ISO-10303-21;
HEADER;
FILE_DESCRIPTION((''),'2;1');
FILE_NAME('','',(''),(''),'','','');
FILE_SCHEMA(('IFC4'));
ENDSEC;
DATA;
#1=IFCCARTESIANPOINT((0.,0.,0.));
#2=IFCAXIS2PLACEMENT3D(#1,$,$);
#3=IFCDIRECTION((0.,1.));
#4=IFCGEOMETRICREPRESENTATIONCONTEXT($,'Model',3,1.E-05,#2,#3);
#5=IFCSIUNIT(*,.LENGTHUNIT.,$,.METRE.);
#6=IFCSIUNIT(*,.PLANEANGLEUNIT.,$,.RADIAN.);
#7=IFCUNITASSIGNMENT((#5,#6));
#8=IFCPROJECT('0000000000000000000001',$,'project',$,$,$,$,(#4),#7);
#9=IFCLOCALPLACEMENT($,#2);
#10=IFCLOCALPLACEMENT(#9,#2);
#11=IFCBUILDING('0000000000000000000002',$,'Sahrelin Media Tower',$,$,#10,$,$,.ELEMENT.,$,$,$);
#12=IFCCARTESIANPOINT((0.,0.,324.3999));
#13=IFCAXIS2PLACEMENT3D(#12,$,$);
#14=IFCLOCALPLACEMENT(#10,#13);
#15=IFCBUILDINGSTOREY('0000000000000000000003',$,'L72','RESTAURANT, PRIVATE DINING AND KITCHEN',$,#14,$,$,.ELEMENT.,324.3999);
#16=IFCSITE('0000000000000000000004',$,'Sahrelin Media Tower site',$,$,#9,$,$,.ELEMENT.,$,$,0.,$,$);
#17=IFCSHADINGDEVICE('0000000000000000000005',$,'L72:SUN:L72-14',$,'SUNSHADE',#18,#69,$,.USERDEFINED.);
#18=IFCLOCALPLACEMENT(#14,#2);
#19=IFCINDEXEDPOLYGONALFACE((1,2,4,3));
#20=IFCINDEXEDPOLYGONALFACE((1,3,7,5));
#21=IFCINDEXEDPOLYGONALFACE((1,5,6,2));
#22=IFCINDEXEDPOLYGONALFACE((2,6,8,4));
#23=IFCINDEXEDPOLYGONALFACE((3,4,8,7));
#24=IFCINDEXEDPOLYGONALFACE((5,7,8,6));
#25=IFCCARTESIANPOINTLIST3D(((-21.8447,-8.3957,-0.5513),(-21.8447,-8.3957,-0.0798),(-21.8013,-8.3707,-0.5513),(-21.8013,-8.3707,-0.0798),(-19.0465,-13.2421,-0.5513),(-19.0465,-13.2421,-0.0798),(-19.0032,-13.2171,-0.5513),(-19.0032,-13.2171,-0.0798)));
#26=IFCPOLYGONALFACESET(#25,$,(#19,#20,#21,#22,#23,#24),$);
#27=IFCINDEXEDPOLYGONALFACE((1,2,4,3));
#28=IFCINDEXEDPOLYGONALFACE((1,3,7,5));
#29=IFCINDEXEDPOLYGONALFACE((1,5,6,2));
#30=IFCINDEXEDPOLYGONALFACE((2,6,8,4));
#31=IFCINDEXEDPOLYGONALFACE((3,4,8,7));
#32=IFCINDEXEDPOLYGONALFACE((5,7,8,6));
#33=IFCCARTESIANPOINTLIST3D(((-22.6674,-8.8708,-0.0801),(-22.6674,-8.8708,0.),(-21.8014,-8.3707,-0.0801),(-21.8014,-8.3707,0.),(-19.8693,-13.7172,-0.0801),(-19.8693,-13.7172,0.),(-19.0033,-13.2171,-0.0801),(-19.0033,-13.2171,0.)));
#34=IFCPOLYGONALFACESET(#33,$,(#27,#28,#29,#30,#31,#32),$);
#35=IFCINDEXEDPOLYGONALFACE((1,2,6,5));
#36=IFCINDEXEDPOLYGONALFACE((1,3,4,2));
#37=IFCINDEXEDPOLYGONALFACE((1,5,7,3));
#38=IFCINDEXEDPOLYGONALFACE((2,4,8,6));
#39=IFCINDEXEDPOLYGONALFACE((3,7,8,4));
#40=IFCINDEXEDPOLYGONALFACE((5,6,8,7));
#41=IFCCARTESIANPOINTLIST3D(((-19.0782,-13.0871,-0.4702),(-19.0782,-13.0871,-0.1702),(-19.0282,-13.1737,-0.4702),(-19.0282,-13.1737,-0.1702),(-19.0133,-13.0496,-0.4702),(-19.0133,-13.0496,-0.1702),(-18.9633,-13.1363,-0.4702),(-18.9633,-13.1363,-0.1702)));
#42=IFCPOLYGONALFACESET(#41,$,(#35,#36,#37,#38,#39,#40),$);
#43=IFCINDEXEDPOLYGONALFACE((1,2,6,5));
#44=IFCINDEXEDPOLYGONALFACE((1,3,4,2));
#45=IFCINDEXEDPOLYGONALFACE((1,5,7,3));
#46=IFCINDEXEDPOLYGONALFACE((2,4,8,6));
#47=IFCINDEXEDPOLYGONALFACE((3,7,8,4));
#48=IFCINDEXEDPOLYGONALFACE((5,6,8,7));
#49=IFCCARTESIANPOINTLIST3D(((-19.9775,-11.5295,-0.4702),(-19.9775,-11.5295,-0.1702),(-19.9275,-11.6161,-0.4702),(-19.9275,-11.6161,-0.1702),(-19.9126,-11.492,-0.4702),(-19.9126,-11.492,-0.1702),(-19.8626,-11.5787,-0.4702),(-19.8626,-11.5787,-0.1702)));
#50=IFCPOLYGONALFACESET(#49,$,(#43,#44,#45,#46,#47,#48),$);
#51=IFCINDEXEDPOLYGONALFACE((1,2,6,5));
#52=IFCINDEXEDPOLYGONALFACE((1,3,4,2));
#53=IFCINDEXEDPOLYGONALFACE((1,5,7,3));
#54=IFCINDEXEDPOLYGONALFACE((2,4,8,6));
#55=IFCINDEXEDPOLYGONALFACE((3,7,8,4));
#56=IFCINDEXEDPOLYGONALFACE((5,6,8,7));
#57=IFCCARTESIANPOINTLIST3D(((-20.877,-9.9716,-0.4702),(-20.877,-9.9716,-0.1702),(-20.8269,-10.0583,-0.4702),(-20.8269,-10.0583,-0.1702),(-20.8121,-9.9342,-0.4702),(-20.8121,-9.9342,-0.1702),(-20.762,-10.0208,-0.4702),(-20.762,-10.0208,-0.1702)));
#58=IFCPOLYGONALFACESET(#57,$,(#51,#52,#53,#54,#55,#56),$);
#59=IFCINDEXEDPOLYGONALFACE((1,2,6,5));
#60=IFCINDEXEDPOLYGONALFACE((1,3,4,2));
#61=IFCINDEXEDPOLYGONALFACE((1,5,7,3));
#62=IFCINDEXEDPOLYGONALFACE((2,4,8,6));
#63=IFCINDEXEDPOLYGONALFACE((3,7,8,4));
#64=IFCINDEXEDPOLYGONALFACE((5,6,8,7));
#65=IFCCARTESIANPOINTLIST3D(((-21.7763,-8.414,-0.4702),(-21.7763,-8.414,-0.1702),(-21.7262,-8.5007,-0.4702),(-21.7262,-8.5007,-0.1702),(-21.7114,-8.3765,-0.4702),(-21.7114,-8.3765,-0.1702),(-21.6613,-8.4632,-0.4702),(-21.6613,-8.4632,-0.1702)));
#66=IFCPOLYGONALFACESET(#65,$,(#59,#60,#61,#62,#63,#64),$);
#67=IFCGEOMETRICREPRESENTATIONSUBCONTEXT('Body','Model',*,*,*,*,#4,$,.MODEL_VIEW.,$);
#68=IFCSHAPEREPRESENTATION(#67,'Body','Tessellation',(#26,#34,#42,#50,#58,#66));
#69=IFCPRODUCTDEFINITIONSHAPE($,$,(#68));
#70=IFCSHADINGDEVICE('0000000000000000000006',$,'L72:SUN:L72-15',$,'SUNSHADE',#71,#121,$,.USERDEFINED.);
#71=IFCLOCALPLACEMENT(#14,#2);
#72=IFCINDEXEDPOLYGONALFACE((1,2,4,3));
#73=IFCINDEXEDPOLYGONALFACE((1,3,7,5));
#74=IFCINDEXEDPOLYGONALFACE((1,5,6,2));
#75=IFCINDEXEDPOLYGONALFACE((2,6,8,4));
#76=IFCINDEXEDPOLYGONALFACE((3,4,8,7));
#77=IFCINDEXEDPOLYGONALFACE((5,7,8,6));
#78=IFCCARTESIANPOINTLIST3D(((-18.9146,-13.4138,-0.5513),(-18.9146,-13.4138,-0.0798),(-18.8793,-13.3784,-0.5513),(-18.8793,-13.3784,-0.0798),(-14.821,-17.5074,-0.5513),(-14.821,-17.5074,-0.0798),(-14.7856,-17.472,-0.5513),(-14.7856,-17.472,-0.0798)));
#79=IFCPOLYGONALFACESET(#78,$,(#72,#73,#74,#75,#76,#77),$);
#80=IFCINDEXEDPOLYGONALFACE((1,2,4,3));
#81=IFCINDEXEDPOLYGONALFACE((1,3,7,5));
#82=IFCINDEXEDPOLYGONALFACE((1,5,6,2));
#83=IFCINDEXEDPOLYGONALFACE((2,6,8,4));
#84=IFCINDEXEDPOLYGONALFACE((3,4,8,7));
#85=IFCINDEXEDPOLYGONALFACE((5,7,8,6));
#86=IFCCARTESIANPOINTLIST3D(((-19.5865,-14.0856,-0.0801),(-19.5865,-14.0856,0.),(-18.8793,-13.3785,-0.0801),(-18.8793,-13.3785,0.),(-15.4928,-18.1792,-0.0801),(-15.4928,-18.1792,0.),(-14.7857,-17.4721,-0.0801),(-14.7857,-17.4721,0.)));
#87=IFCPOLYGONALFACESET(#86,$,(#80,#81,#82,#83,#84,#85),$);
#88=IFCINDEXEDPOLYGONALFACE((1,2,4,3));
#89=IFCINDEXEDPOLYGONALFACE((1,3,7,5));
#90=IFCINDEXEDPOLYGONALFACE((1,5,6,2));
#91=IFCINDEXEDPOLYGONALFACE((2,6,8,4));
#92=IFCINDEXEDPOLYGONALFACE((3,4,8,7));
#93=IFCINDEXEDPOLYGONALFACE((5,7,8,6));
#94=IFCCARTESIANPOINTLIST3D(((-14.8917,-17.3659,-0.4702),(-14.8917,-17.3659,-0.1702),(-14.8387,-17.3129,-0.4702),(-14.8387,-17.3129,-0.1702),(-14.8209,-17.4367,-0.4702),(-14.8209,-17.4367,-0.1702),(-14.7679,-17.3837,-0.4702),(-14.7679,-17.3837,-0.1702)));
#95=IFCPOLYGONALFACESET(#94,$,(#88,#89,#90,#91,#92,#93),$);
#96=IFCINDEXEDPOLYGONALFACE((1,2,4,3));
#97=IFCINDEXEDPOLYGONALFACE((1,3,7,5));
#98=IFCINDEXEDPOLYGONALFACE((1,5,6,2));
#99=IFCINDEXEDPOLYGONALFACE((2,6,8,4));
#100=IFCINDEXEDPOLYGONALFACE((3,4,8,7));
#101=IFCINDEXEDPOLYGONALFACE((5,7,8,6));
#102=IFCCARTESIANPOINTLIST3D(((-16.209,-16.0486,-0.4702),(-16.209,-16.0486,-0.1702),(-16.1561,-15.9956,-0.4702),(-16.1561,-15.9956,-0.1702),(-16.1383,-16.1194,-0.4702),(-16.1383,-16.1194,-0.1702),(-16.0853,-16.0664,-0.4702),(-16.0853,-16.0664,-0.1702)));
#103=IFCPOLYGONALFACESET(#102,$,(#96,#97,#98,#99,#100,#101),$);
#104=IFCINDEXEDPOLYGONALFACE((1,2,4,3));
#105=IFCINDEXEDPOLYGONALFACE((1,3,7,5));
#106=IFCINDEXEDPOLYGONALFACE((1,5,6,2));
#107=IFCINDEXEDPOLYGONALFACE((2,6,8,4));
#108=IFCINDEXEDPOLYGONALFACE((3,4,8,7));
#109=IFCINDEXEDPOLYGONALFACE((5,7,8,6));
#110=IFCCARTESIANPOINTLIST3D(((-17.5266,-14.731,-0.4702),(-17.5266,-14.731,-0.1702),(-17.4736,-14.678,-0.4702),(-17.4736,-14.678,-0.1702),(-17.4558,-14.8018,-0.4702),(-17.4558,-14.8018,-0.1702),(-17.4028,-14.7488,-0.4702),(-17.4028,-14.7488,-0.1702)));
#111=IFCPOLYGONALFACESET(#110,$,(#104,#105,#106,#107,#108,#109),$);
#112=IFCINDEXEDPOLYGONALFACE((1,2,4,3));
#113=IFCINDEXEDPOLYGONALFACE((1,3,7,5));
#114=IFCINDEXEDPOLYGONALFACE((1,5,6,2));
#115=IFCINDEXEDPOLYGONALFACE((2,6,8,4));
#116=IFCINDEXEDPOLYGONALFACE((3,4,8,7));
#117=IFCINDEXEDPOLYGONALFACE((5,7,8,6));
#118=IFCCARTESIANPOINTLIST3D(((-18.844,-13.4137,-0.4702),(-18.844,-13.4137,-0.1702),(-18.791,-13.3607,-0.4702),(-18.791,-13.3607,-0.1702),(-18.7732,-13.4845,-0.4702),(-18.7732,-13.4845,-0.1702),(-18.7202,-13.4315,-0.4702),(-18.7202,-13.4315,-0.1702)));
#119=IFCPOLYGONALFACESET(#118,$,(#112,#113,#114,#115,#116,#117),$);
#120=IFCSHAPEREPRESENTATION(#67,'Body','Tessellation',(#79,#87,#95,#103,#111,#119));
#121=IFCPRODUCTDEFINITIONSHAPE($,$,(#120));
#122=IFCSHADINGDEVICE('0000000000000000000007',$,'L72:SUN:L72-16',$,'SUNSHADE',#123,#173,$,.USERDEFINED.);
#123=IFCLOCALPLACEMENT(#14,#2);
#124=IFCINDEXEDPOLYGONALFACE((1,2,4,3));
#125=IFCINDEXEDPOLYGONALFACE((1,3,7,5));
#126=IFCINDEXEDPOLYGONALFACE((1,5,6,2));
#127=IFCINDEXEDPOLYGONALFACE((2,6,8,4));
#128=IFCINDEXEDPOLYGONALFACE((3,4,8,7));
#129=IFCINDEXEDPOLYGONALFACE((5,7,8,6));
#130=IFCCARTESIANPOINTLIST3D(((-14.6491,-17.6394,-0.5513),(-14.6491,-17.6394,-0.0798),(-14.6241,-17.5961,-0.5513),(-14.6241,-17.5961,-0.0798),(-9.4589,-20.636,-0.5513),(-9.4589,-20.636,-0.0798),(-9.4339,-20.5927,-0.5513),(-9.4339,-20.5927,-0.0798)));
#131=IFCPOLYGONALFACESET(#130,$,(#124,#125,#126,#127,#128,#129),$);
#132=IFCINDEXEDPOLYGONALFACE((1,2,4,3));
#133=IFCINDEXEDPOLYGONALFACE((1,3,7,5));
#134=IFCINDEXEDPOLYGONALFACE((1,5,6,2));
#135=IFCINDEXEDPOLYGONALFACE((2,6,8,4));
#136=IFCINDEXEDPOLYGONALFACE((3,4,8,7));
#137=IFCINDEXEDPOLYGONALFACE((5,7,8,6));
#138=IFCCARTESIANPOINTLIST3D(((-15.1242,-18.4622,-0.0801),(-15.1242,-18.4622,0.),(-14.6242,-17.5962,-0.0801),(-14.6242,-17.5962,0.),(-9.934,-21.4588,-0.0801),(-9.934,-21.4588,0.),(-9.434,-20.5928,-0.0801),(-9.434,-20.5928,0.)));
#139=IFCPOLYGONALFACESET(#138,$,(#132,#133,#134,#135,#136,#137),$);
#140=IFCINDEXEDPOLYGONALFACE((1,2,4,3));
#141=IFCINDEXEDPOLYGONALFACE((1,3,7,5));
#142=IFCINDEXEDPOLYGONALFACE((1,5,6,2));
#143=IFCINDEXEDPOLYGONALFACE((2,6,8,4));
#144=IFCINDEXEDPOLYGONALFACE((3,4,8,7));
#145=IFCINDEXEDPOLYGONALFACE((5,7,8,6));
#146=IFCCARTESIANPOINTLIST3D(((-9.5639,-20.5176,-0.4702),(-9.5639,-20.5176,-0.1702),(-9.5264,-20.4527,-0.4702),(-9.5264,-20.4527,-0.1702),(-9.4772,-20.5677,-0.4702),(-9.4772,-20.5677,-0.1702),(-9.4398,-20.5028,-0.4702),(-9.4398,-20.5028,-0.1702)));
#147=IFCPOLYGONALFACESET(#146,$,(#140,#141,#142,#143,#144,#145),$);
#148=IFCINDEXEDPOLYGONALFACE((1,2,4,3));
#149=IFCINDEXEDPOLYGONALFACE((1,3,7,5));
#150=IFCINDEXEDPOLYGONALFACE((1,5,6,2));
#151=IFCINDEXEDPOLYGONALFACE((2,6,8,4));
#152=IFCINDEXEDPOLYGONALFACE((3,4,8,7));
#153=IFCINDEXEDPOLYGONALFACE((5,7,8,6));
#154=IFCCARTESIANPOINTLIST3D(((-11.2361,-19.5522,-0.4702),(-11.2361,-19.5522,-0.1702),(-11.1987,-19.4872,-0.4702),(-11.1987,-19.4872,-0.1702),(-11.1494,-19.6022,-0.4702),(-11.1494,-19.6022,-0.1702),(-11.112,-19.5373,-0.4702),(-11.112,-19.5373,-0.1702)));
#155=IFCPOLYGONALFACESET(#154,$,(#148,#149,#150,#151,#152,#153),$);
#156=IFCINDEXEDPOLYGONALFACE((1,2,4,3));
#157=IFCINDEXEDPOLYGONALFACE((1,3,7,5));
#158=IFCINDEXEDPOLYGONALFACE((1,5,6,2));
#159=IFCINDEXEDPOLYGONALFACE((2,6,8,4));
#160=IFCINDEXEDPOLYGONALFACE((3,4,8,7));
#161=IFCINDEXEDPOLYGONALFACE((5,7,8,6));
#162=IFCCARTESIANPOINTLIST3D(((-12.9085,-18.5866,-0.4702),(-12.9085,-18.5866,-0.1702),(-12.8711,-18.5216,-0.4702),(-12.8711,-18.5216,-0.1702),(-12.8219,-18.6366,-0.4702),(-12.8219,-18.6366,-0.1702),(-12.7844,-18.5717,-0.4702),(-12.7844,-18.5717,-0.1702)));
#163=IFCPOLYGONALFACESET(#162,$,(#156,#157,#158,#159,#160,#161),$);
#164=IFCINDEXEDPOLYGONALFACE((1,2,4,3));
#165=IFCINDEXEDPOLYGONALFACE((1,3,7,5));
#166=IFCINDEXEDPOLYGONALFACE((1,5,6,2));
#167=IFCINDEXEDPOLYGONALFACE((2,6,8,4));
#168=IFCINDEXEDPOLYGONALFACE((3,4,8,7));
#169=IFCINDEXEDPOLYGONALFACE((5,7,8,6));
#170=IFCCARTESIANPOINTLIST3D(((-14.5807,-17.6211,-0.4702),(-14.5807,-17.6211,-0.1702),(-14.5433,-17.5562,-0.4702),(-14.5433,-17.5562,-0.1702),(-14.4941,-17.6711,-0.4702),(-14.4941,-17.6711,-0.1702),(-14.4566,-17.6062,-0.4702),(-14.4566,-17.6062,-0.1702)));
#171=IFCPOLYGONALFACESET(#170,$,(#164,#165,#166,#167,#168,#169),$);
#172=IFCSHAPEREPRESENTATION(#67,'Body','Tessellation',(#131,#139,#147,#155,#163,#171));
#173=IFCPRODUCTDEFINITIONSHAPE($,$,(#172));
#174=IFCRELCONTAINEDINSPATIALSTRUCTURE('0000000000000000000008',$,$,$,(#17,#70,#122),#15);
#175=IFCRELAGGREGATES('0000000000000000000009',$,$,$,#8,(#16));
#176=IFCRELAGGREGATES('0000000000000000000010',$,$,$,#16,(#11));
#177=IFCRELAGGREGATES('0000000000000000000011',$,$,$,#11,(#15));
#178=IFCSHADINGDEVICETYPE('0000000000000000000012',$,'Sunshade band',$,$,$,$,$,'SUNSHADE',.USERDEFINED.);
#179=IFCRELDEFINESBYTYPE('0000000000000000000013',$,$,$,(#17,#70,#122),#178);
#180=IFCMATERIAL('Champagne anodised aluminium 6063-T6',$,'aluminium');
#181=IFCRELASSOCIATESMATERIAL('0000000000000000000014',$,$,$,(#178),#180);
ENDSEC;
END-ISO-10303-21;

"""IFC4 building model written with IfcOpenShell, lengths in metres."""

from ifc_helpers import new_model, si_unit, direction, frame, origin, origin_2d, place, context, subcontext, project, spatial, rectangle, extrude, material, type_object, element, save


model = new_model("IFC4")

# Units and contexts
model_context = context("Model", 3, precision=1e-05, world=origin(), true_north=direction((0.0, 1.0)))
body_context = subcontext(model_context, "Body", "Model", "MODEL_VIEW")
ifc_project = project(units=[si_unit("LENGTHUNIT", "METRE"), si_unit("PLANEANGLEUNIT", "RADIAN")], contexts=[model_context])

# Site, building, storey
site_placement = place(None, origin())
site = spatial("IfcSite", under=ifc_project, at=site_placement, Name="Sahrelin Media Tower site", CompositionType="ELEMENT", RefElevation=0.0)
building_placement = place(site_placement, origin())
building = spatial("IfcBuilding", under=site, at=building_placement, Name="Sahrelin Media Tower", CompositionType="ELEMENT")
storey_placement = place(building_placement, frame((0.0, 0.0, 324.3999)))
storey = spatial("IfcBuildingStorey", under=building, at=storey_placement, Name="L72", Description="RESTAURANT, PRIVATE DINING AND KITCHEN", CompositionType="ELEMENT", Elevation=324.3999)

# Shared definitions
ifc_material_1 = material(Name="Champagne anodised aluminium 6063-T6", Category="aluminium")

# Shading devices
placement_1 = place(storey_placement, frame((-20.385, -10.7839, 0.0), z_axis=(0.0, 0.0, 1.0), x_axis=(-0.500011, 0.866019, 0.0)))
placement_2 = place(storey_placement, frame((-16.8184, -15.4111, 0.0), z_axis=(0.0, 0.0, 1.0), x_axis=(-0.707107, 0.707107, 0.0)))
placement_3 = place(storey_placement, frame((-12.019, -19.0771, 0.0), z_axis=(0.0, 0.0, 1.0), x_axis=(-0.866019, 0.500011, 0.0)))
shading_device_type_1 = type_object("IfcShadingDeviceType", Name="Sunshade band", ElementType="SUNSHADE", PredefinedType="USERDEFINED", material=ifc_material_1)
element("IfcShadingDevice", 1, at=placement_1, inside=storey, type_object=shading_device_type_1, Name="L72:SUN:L72-14", ObjectType="SUNSHADE", PredefinedType="USERDEFINED", context=body_context, shape_type="SweptSolid", body=[
    extrude(rectangle(XDim=5.5962, YDim=0.05, at=origin_2d()), frame((0.0, 0.0449, -0.5513)), (0.0, 0.0, 1.0), 0.4714),
    extrude(rectangle(XDim=5.5962, YDim=1.0, at=origin_2d()), frame((0.0, 0.52, -0.0801)), (0.0, 0.0, 1.0), 0.0801),
    extrude(rectangle(XDim=0.1001, YDim=0.075, at=origin_2d()), frame((-2.698, -0.0176, -0.4702)), (0.0, 0.0, 1.0), 0.3),
    extrude(rectangle(XDim=0.1001, YDim=0.075, at=origin_2d()), frame((-0.8994, -0.0176, -0.4702)), (0.0, 0.0, 1.0), 0.3),
    extrude(rectangle(XDim=0.1001, YDim=0.075, at=origin_2d()), frame((0.8994, -0.0176, -0.4702)), (0.0, 0.0, 1.0), 0.3),
    extrude(rectangle(XDim=0.1001, YDim=0.075, at=origin_2d()), frame((2.698, -0.0176, -0.4702)), (0.0, 0.0, 1.0), 0.3),
])
element("IfcShadingDevice", 2, at=placement_2, inside=storey, type_object=shading_device_type_1, Name="L72:SUN:L72-15", ObjectType="SUNSHADE", PredefinedType="USERDEFINED", context=body_context, shape_type="SweptSolid", body=[
    extrude(rectangle(XDim=5.7893, YDim=0.05, at=origin_2d()), frame((0.0, 0.0449, -0.5513)), (0.0, 0.0, 1.0), 0.4714),
    extrude(rectangle(XDim=5.7893, YDim=1.0, at=origin_2d()), frame((0.0, 0.52, -0.0801)), (0.0, 0.0, 1.0), 0.0801),
    extrude(rectangle(XDim=0.1001, YDim=0.075, at=origin_2d()), frame((-2.7947, -0.0176, -0.4702)), (0.0, 0.0, 1.0), 0.3),
    extrude(rectangle(XDim=0.1001, YDim=0.075, at=origin_2d()), frame((-0.9316, -0.0176, -0.4702)), (0.0, 0.0, 1.0), 0.3),
    extrude(rectangle(XDim=0.1001, YDim=0.075, at=origin_2d()), frame((0.9316, -0.0176, -0.4702)), (0.0, 0.0, 1.0), 0.3),
    extrude(rectangle(XDim=0.1001, YDim=0.075, at=origin_2d()), frame((2.7947, -0.0176, -0.4702)), (0.0, 0.0, 1.0), 0.3),
])
element("IfcShadingDevice", 3, at=placement_3, inside=storey, type_object=shading_device_type_1, Name="L72:SUN:L72-16", ObjectType="SUNSHADE", PredefinedType="USERDEFINED", context=body_context, shape_type="SweptSolid", body=[
    extrude(rectangle(XDim=5.9932, YDim=0.05, at=origin_2d()), frame((0.0, 0.0449, -0.5513)), (0.0, 0.0, 1.0), 0.4714),
    extrude(rectangle(XDim=5.9932, YDim=1.0, at=origin_2d()), frame((0.0, 0.52, -0.0801)), (0.0, 0.0, 1.0), 0.0801),
    extrude(rectangle(XDim=0.1001, YDim=0.075, at=origin_2d()), frame((-2.8965, -0.0176, -0.4702)), (0.0, 0.0, 1.0), 0.3),
    extrude(rectangle(XDim=0.1001, YDim=0.075, at=origin_2d()), frame((-0.9656, -0.0176, -0.4702)), (0.0, 0.0, 1.0), 0.3),
    extrude(rectangle(XDim=0.1001, YDim=0.075, at=origin_2d()), frame((0.9656, -0.0176, -0.4702)), (0.0, 0.0, 1.0), 0.3),
    extrude(rectangle(XDim=0.1001, YDim=0.075, at=origin_2d()), frame((2.8965, -0.0176, -0.4702)), (0.0, 0.0, 1.0), 0.3),
])

save(model, "model.ifc")
